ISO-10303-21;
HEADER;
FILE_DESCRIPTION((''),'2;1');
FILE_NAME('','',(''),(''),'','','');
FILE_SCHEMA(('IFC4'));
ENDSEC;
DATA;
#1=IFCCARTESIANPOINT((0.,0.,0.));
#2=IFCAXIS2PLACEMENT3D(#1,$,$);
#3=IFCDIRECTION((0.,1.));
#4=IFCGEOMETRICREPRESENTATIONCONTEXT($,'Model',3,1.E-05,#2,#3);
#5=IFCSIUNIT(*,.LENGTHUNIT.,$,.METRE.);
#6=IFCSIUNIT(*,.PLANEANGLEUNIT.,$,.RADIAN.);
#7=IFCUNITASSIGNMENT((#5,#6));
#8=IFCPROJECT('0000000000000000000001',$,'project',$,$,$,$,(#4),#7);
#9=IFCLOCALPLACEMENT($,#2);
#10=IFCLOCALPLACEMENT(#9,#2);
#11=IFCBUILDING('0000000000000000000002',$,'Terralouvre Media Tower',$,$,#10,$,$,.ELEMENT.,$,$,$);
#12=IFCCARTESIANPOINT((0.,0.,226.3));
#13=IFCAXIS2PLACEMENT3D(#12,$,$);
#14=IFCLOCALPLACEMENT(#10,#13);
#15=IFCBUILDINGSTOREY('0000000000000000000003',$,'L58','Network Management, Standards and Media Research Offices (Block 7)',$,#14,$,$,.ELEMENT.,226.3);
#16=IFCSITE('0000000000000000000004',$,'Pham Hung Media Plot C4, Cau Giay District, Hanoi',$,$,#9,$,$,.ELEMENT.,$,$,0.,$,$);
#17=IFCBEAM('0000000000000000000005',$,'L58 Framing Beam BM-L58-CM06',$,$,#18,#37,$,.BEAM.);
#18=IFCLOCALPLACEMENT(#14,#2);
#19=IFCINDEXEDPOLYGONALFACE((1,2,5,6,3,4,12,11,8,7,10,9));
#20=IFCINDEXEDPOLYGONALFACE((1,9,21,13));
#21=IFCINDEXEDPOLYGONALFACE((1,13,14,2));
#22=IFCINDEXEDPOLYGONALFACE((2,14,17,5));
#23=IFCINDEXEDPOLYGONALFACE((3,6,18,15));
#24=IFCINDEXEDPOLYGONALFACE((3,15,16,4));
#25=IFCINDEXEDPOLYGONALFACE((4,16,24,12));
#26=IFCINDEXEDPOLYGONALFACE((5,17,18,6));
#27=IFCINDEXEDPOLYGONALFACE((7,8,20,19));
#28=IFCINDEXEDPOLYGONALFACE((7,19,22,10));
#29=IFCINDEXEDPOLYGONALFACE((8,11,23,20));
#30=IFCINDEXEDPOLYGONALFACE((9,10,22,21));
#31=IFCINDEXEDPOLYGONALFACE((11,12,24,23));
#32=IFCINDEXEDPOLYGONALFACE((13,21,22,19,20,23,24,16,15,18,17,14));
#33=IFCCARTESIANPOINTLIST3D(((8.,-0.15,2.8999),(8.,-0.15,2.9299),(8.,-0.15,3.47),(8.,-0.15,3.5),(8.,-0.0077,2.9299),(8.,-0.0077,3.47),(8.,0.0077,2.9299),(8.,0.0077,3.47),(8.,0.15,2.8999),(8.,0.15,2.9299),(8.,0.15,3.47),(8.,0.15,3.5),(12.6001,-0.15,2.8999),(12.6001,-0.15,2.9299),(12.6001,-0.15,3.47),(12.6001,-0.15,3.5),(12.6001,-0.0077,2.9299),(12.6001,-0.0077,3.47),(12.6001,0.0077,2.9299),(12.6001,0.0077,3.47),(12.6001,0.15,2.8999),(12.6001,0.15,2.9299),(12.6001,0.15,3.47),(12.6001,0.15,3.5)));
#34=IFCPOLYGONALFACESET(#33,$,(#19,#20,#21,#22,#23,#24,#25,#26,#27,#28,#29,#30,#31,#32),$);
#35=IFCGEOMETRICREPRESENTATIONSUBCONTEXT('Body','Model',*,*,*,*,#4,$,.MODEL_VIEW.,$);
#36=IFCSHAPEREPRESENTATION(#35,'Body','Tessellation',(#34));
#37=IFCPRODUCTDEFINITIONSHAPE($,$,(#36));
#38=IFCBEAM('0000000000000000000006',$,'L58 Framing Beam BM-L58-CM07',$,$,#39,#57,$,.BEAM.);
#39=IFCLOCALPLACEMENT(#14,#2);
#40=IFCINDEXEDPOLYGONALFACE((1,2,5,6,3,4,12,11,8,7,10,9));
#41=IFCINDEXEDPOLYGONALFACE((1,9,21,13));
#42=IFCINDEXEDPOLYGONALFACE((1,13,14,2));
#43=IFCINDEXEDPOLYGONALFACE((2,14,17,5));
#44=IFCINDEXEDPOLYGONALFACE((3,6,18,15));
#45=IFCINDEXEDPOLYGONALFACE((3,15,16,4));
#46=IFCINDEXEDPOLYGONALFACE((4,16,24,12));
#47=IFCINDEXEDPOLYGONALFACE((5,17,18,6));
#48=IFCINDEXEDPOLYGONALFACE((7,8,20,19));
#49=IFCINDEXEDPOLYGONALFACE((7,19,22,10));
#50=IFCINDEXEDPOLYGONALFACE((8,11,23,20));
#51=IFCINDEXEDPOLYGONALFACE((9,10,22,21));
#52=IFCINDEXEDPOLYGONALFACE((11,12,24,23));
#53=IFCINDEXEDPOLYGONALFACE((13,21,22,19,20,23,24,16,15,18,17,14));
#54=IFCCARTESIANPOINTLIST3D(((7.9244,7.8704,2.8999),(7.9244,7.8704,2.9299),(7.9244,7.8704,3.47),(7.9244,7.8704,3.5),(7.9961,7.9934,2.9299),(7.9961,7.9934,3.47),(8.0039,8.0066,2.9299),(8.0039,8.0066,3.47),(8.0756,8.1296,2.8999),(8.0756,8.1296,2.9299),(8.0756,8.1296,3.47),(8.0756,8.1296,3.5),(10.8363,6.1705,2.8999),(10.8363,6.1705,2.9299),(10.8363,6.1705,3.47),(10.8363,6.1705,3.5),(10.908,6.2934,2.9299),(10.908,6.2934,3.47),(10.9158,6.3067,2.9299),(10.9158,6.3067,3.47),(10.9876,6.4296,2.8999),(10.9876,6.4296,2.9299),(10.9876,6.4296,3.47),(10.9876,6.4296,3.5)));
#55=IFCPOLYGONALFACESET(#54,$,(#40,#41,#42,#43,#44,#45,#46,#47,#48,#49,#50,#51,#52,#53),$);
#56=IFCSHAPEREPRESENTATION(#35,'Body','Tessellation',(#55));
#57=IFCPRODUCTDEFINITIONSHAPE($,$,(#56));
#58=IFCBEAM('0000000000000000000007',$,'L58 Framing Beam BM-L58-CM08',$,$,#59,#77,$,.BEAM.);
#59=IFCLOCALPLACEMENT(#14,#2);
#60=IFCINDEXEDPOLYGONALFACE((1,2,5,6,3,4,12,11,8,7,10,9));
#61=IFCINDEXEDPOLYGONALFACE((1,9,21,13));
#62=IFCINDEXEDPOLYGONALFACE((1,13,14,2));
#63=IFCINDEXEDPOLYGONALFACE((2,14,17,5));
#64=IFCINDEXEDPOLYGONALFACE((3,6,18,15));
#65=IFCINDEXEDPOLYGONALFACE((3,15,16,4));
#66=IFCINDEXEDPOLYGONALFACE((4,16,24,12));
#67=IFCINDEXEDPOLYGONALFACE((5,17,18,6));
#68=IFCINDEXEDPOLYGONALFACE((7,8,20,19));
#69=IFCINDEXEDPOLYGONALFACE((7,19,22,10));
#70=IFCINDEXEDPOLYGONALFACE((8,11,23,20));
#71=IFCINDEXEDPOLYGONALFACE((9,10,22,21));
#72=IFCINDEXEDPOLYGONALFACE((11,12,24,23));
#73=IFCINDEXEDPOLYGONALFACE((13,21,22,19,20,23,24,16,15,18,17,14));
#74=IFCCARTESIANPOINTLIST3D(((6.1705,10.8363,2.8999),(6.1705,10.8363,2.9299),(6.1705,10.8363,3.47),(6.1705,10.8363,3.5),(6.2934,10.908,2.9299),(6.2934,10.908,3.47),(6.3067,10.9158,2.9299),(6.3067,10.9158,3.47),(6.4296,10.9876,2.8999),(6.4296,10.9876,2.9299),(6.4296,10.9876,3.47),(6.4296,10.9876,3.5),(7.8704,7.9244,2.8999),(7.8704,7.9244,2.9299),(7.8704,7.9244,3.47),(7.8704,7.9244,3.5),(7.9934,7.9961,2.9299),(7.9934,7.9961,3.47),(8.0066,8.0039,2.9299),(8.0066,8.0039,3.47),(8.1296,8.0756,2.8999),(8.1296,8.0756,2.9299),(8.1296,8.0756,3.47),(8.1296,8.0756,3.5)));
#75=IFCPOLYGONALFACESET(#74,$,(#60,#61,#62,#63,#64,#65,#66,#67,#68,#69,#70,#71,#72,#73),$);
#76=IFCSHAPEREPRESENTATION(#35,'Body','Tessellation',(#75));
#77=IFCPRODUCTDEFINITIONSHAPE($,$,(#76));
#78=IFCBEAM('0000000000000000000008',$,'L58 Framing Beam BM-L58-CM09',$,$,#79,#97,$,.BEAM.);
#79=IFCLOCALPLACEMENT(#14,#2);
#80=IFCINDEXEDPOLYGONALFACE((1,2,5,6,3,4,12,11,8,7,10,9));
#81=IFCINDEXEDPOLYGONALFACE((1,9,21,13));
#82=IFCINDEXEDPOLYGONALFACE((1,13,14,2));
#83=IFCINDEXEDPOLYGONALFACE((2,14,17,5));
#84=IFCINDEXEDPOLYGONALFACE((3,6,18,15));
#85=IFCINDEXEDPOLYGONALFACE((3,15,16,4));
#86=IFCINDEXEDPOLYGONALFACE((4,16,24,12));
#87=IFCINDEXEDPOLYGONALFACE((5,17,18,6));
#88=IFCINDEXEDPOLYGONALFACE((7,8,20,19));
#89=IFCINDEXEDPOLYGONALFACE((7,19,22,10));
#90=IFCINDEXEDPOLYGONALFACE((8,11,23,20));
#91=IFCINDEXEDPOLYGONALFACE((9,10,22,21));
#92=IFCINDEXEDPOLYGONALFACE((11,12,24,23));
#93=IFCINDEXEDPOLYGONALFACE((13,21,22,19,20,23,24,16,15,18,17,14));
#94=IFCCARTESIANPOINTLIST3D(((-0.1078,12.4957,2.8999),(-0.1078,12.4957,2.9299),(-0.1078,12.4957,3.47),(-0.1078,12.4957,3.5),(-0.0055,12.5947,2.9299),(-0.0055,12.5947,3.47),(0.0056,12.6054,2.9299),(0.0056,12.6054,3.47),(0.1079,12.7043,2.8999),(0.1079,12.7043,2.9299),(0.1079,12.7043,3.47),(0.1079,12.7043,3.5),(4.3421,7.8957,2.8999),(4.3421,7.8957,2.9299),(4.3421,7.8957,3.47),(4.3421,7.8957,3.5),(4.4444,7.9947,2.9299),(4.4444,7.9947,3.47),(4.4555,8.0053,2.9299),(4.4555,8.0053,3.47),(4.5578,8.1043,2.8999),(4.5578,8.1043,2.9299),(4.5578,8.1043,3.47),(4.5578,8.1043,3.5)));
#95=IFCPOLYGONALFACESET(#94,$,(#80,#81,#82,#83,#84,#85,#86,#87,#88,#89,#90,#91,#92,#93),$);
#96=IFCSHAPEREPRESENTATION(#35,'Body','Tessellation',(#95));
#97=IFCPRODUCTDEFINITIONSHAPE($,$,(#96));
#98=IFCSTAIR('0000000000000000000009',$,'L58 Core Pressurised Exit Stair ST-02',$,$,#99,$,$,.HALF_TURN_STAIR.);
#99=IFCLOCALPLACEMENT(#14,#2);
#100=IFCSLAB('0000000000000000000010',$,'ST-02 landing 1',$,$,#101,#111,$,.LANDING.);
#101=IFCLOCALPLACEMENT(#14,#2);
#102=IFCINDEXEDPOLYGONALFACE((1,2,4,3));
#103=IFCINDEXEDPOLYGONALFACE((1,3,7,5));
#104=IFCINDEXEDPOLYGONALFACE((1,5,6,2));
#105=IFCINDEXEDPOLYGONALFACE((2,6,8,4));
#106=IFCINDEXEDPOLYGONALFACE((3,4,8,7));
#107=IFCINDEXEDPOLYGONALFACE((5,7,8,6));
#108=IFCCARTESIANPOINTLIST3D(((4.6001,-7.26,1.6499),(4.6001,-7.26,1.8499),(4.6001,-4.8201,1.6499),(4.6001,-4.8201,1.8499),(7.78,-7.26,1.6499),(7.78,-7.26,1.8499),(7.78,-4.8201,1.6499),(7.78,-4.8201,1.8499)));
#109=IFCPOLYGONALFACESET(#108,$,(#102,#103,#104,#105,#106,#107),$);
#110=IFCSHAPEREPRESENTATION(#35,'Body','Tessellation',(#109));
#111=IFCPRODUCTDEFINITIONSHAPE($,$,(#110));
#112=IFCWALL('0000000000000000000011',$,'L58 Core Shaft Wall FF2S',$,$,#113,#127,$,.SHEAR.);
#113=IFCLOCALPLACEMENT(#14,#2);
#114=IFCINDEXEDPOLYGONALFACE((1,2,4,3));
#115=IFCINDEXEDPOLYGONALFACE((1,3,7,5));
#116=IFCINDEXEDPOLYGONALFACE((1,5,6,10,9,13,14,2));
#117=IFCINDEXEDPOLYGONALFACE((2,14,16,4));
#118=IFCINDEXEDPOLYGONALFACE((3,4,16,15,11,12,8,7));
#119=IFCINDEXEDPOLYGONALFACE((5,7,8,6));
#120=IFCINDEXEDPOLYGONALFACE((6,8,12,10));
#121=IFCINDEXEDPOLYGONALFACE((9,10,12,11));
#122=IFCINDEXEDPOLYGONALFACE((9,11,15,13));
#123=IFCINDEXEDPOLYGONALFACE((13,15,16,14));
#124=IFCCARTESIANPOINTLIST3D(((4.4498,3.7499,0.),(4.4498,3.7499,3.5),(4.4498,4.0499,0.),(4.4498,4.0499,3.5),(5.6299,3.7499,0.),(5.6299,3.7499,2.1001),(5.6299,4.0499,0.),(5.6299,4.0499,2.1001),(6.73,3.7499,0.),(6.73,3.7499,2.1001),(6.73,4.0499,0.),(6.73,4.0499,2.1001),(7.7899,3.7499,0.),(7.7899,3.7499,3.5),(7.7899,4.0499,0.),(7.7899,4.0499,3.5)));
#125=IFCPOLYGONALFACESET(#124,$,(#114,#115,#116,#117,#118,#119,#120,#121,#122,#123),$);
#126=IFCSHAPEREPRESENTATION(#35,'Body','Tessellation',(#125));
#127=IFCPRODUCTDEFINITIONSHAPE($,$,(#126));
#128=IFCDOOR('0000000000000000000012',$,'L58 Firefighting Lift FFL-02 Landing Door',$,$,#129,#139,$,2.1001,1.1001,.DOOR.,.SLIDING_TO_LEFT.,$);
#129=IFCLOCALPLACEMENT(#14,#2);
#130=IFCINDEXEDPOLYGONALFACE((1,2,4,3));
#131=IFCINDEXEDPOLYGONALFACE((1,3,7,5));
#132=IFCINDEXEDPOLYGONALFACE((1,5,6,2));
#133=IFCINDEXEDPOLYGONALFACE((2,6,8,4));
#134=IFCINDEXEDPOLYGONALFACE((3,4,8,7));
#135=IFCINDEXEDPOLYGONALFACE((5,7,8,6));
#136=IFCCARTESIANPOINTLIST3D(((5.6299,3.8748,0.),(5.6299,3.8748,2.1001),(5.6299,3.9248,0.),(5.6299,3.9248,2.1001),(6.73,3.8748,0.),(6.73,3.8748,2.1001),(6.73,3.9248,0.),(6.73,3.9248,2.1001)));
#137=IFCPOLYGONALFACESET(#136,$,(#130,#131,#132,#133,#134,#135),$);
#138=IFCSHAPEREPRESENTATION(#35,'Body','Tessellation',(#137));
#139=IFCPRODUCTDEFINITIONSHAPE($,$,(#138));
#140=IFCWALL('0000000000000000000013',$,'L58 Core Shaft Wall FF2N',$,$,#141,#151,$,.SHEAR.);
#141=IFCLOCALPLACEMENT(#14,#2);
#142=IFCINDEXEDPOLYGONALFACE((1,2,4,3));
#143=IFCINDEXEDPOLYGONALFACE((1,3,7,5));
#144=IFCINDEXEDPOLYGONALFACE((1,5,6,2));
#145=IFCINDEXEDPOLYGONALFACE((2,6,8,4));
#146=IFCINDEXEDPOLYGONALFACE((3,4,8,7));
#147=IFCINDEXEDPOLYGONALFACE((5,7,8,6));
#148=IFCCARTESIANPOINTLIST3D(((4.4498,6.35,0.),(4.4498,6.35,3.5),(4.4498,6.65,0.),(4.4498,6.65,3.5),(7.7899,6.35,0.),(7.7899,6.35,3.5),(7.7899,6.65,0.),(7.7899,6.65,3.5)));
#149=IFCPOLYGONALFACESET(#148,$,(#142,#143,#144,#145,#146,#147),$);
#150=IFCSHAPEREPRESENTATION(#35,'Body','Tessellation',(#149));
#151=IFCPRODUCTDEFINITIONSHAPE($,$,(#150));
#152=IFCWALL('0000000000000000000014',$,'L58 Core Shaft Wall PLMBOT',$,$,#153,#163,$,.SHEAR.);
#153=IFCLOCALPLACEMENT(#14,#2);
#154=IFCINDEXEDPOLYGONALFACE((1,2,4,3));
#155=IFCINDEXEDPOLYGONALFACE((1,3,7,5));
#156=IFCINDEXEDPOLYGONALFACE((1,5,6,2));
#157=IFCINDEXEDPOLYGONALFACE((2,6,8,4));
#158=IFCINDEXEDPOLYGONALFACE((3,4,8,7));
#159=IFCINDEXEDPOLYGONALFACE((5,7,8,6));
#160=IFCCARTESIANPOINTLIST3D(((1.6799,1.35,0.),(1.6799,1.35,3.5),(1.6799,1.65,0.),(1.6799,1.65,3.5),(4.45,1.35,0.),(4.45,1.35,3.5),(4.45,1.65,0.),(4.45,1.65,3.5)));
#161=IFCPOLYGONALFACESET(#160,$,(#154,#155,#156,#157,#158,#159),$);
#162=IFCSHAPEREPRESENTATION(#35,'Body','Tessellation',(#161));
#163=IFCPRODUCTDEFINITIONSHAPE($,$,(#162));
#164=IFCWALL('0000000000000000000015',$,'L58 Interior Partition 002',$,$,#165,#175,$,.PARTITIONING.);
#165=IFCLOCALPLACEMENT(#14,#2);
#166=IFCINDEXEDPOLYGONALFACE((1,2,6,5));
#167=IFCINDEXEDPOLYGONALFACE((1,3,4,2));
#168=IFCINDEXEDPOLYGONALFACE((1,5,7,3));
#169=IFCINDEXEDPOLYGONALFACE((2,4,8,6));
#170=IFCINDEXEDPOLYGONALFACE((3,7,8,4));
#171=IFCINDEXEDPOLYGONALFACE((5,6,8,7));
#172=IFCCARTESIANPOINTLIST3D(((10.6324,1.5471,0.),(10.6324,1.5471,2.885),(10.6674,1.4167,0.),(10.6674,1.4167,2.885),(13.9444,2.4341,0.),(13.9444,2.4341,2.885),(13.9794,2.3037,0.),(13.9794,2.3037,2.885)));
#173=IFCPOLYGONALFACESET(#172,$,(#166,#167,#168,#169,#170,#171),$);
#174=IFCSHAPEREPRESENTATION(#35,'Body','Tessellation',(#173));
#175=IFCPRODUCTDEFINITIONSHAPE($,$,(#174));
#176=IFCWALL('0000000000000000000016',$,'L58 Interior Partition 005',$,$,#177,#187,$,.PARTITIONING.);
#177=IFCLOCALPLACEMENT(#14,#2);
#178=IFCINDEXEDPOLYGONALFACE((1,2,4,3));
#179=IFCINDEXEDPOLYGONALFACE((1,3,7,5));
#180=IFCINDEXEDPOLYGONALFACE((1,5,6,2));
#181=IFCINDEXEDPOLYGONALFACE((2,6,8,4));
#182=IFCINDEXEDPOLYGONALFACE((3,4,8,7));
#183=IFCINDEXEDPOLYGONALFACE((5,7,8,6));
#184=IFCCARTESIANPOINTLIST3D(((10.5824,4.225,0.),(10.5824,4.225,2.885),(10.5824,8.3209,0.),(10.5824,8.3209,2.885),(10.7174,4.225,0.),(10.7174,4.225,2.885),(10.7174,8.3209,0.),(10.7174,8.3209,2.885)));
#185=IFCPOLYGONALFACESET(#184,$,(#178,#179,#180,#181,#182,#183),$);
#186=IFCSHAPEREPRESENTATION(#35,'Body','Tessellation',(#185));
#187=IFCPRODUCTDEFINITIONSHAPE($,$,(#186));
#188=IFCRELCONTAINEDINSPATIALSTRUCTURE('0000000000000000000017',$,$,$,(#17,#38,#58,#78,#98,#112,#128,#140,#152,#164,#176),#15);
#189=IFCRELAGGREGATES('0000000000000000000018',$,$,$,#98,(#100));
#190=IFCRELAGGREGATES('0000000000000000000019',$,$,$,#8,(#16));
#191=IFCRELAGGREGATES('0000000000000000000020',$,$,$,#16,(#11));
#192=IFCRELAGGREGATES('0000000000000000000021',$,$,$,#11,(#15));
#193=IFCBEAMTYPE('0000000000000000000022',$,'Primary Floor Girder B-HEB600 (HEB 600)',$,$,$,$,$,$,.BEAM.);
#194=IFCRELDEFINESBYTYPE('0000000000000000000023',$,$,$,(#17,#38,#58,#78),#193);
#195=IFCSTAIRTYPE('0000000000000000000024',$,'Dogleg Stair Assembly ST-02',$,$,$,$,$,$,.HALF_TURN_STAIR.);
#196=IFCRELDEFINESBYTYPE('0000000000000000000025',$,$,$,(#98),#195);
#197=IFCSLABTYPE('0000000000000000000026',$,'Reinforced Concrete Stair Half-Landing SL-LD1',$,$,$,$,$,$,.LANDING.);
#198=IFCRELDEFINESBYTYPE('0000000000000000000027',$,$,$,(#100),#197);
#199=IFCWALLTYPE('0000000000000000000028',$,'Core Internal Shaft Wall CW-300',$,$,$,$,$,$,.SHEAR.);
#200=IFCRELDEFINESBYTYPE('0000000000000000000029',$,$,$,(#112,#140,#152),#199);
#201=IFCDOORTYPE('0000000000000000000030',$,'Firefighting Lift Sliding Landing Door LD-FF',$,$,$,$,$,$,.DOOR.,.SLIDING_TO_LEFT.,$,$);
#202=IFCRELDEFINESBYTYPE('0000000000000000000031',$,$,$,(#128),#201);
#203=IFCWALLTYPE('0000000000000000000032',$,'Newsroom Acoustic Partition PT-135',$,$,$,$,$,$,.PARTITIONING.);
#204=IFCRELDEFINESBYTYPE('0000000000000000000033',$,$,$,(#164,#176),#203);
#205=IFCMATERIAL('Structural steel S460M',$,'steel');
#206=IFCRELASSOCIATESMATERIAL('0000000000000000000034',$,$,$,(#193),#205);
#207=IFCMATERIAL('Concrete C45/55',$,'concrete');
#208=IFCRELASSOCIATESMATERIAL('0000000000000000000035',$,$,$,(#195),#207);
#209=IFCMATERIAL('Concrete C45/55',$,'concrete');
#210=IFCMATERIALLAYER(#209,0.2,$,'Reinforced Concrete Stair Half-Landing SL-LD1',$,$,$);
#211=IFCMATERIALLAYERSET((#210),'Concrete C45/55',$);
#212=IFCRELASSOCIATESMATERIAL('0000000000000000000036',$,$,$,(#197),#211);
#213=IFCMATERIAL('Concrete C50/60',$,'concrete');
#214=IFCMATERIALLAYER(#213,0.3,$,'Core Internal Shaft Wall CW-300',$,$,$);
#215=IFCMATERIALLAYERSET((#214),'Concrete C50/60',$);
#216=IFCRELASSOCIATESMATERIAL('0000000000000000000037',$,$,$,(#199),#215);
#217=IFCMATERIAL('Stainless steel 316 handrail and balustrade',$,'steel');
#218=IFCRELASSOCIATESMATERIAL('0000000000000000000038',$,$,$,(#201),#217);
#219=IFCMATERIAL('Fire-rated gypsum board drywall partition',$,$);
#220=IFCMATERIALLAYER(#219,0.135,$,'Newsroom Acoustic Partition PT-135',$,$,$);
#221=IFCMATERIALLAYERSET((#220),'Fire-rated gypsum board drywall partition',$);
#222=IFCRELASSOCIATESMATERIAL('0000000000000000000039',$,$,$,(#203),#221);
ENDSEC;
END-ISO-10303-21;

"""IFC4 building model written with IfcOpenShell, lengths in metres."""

from ifc_helpers import new_model, si_unit, direction, frame, frame_2d, origin, origin_2d, place, context, subcontext, project, spatial, polyline, rectangle, i_section, outline, extrude, material, layer, layer_set, material_profile, profile_set, type_object, element, fill, aggregate, save


model = new_model("IFC4")

# Units and contexts
model_context = context("Model", 3, precision=1e-05, world=origin(), true_north=direction((0.0, 1.0)))
body_context = subcontext(model_context, "Body", "Model", "MODEL_VIEW")
ifc_project = project(units=[si_unit("LENGTHUNIT", "METRE"), si_unit("PLANEANGLEUNIT", "RADIAN")], contexts=[model_context])

# Site, building, storey
site_placement = place(None, origin())
site = spatial("IfcSite", under=ifc_project, at=site_placement, Name="Pham Hung Media Plot C4, Cau Giay District, Hanoi", CompositionType="ELEMENT", RefElevation=0.0)
building_placement = place(site_placement, origin())
building = spatial("IfcBuilding", under=site, at=building_placement, Name="Terralouvre Media Tower", CompositionType="ELEMENT")
storey_placement = place(building_placement, frame((0.0, 0.0, 226.3)))
storey = spatial("IfcBuildingStorey", under=building, at=storey_placement, Name="L58", Description="Network Management, Standards and Media Research Offices (Block 7)", CompositionType="ELEMENT", Elevation=226.3)

# Beams
ifc_material_1 = material(Name="Structural steel S460M", Category="steel")
ifc_material_profile_1 = material_profile(ifc_material_1, i_section(OverallWidth=0.3, OverallDepth=0.6001, WebThickness=0.0154, FlangeThickness=0.03, at=origin_2d()), Name="HEB 600")
ifc_profile_set_1 = profile_set([ifc_material_profile_1], Name="Structural steel S460M")
beam_type_1 = type_object("IfcBeamType", Name="Primary Floor Girder B-HEB600 (HEB 600)", PredefinedType="BEAM", material=ifc_profile_set_1)
beam_1_placement = place(storey_placement, frame((8.0, 0.0, 3.2), z_axis=(1.0, 0.0, 0.0), x_axis=(0.0, 1.0, 0.0)))
element("IfcBeam", 1, at=beam_1_placement, inside=storey, type_object=beam_type_1, Name="L58 Framing Beam BM-L58-CM06", PredefinedType="BEAM", context=body_context, shape_type="SweptSolid", body=[
    extrude(i_section(OverallWidth=0.3, OverallDepth=0.6001, WebThickness=0.0154, FlangeThickness=0.03, at=origin_2d()), origin(), (0.0, 0.0, 1.0), 4.6001),
])
for number, where, z_axis, x_axis, name in (
    (2, (8.0, 8.0, 3.2), (0.863603, -0.504173, 0.0), (0.504173, 0.863603, 0.0), "L58 Framing Beam BM-L58-CM07"),
    (3, (8.0, 8.0, 3.2), (-0.504173, 0.863603, 0.0), (-0.863603, -0.504173, 0.0), "L58 Framing Beam BM-L58-CM08"),
):
    element("IfcBeam", number, at=place(storey_placement, frame(where, z_axis=z_axis, x_axis=x_axis)), inside=storey, type_object=beam_type_1, Name=name, PredefinedType="BEAM", context=body_context, shape_type="SweptSolid", body=[
        extrude(i_section(OverallWidth=0.3, OverallDepth=0.6001, WebThickness=0.0154, FlangeThickness=0.03, at=origin_2d()), origin(), (0.0, 0.0, 1.0), 3.3718),
    ])
beam_2_placement = place(storey_placement, frame((4.45, 8.0, 3.2), z_axis=(-0.69528, 0.718739, 0.0), x_axis=(-0.718739, -0.69528, 0.0)))
element("IfcBeam", 4, at=beam_2_placement, inside=storey, type_object=beam_type_1, Name="L58 Framing Beam BM-L58-CM09", PredefinedType="BEAM", context=body_context, shape_type="SweptSolid", body=[
    extrude(i_section(OverallWidth=0.3, OverallDepth=0.6001, WebThickness=0.0154, FlangeThickness=0.03, at=origin_2d()), origin(), (0.0, 0.0, 1.0), 6.4001),
])

# Stair, slab
ifc_material_2 = material(Name="Concrete C45/55", Category="concrete")
stair_type = type_object("IfcStairType", Name="Dogleg Stair Assembly ST-02", PredefinedType="HALF_TURN_STAIR", material=ifc_material_2)
stair_placement = place(storey_placement, origin())
stair = element("IfcStair", 5, at=stair_placement, inside=storey, type_object=stair_type, Name="L58 Core Pressurised Exit Stair ST-02", PredefinedType="HALF_TURN_STAIR")
ifc_material_3 = material(Name="Concrete C45/55", Category="concrete")
ifc_layer_1 = layer(ifc_material_3, 0.2, Name="Reinforced Concrete Stair Half-Landing SL-LD1")
ifc_layer_set_1 = layer_set([ifc_layer_1], Name="Concrete C45/55")
slab_type = type_object("IfcSlabType", Name="Reinforced Concrete Stair Half-Landing SL-LD1", PredefinedType="LANDING", material=ifc_layer_set_1)
slab_placement = place(storey_placement, frame((0.0, 0.0, 1.6499)))
slab = element("IfcSlab", 6, at=slab_placement, type_object=slab_type, Name="ST-02 landing 1", PredefinedType="LANDING", context=body_context, shape_type="SweptSolid", body=[
    extrude(outline(polyline([(4.6001, -4.8201), (4.6001, -7.26), (7.78, -7.26), (7.78, -4.8201), (4.6001, -4.8201)])), origin(), (0.0, 0.0, 1.0), 0.2),
])
aggregate(stair, [slab])

# Wall, opening, door
ifc_material_4 = material(Name="Concrete C50/60", Category="concrete")
ifc_layer_2 = layer(ifc_material_4, 0.3, Name="Core Internal Shaft Wall CW-300")
ifc_layer_set_2 = layer_set([ifc_layer_2], Name="Concrete C50/60")
wall_type_1 = type_object("IfcWallType", Name="Core Internal Shaft Wall CW-300", PredefinedType="SHEAR", material=ifc_layer_set_2)
wall_1_placement = place(storey_placement, frame((4.45, 3.8999, 0.0), z_axis=(0.0, 0.0, 1.0), x_axis=(1.0, 0.0, 0.0)))
wall_1 = element("IfcWall", 7, at=wall_1_placement, inside=storey, type_object=wall_type_1, Name="L58 Core Shaft Wall FF2S", PredefinedType="SHEAR", context=body_context, shape_type="SweptSolid", body=[
    extrude(rectangle(XDim=3.3401, YDim=0.3, at=frame_2d((1.6699, 0.0))), origin(), (0.0, 0.0, 1.0), 3.5),
])
opening_placement = place(wall_1_placement, frame((1.1799, 0.0, 0.0)))
opening = element("IfcOpeningElement", 8, at=opening_placement, cuts=wall_1, PredefinedType="OPENING", context=body_context, shape_type="SweptSolid", body=[
    extrude(rectangle(XDim=1.1001, YDim=2.1001, at=frame_2d((0.55, 1.05))), frame((0.0, 0.1599, 0.0), z_axis=(0.0, -1.0, 0.0), x_axis=(1.0, 0.0, 0.0)), (0.0, 0.0, 1.0), 0.3201),
])
ifc_material_5 = material(Name="Stainless steel 316 handrail and balustrade", Category="steel")
door_type = type_object("IfcDoorType", Name="Firefighting Lift Sliding Landing Door LD-FF", OperationType="SLIDING_TO_LEFT", PredefinedType="DOOR", material=ifc_material_5)
door_placement = place(opening_placement, origin())
door = element("IfcDoor", 9, at=door_placement, inside=storey, type_object=door_type, Name="L58 Firefighting Lift FFL-02 Landing Door", OperationType="SLIDING_TO_LEFT", OverallHeight=2.1001, OverallWidth=1.1001, PredefinedType="DOOR", context=body_context, shape_type="SweptSolid", body=[
    extrude(rectangle(XDim=1.1001, YDim=2.1001, at=frame_2d((0.55, 1.05))), frame((0.0, 0.0249, 0.0), z_axis=(0.0, -1.0, 0.0), x_axis=(1.0, 0.0, 0.0)), (0.0, 0.0, 1.0), 0.05),
])
fill(opening, door)

# Walls
wall_2_placement = place(storey_placement, frame((4.45, 6.5, 0.0), z_axis=(0.0, 0.0, 1.0), x_axis=(1.0, 0.0, 0.0)))
element("IfcWall", 10, at=wall_2_placement, inside=storey, type_object=wall_type_1, Name="L58 Core Shaft Wall FF2N", PredefinedType="SHEAR", context=body_context, shape_type="SweptSolid", body=[
    extrude(rectangle(XDim=3.3401, YDim=0.3, at=frame_2d((1.6699, 0.0))), origin(), (0.0, 0.0, 1.0), 3.5),
])
wall_3_placement = place(storey_placement, frame((1.6799, 1.5, 0.0), z_axis=(0.0, 0.0, 1.0), x_axis=(1.0, 0.0, 0.0)))
element("IfcWall", 11, at=wall_3_placement, inside=storey, type_object=wall_type_1, Name="L58 Core Shaft Wall PLMBOT", PredefinedType="SHEAR", context=body_context, shape_type="SweptSolid", body=[
    extrude(rectangle(XDim=2.77, YDim=0.3, at=frame_2d((1.385, 0.0))), origin(), (0.0, 0.0, 1.0), 3.5),
])
ifc_material_6 = material(Name="Fire-rated gypsum board drywall partition")
ifc_layer_3 = layer(ifc_material_6, 0.135, Name="Newsroom Acoustic Partition PT-135")
ifc_layer_set_3 = layer_set([ifc_layer_3], Name="Fire-rated gypsum board drywall partition")
wall_type_2 = type_object("IfcWallType", Name="Newsroom Acoustic Partition PT-135", PredefinedType="PARTITIONING", material=ifc_layer_set_3)
wall_4_placement = place(storey_placement, frame((10.6499, 1.4819, 0.0), z_axis=(0.0, 0.0, 1.0), x_axis=(0.965961, 0.258686, 0.0)))
element("IfcWall", 12, at=wall_4_placement, inside=storey, type_object=wall_type_2, Name="L58 Interior Partition 002", PredefinedType="PARTITIONING", context=body_context, shape_type="SweptSolid", body=[
    extrude(rectangle(XDim=3.4287, YDim=0.135, at=frame_2d((1.7144, 0.0))), origin(), (0.0, 0.0, 1.0), 2.885),
])
wall_5_placement = place(storey_placement, frame((10.6499, 4.2251, 0.0), z_axis=(0.0, 0.0, 1.0), x_axis=(0.0, 1.0, 0.0)))
element("IfcWall", 13, at=wall_5_placement, inside=storey, type_object=wall_type_2, Name="L58 Interior Partition 005", PredefinedType="PARTITIONING", context=body_context, shape_type="SweptSolid", body=[
    extrude(rectangle(XDim=4.0959, YDim=0.135, at=frame_2d((2.0479, 0.0))), origin(), (0.0, 0.0, 1.0), 2.885),
])

save(model, "model.ifc")
